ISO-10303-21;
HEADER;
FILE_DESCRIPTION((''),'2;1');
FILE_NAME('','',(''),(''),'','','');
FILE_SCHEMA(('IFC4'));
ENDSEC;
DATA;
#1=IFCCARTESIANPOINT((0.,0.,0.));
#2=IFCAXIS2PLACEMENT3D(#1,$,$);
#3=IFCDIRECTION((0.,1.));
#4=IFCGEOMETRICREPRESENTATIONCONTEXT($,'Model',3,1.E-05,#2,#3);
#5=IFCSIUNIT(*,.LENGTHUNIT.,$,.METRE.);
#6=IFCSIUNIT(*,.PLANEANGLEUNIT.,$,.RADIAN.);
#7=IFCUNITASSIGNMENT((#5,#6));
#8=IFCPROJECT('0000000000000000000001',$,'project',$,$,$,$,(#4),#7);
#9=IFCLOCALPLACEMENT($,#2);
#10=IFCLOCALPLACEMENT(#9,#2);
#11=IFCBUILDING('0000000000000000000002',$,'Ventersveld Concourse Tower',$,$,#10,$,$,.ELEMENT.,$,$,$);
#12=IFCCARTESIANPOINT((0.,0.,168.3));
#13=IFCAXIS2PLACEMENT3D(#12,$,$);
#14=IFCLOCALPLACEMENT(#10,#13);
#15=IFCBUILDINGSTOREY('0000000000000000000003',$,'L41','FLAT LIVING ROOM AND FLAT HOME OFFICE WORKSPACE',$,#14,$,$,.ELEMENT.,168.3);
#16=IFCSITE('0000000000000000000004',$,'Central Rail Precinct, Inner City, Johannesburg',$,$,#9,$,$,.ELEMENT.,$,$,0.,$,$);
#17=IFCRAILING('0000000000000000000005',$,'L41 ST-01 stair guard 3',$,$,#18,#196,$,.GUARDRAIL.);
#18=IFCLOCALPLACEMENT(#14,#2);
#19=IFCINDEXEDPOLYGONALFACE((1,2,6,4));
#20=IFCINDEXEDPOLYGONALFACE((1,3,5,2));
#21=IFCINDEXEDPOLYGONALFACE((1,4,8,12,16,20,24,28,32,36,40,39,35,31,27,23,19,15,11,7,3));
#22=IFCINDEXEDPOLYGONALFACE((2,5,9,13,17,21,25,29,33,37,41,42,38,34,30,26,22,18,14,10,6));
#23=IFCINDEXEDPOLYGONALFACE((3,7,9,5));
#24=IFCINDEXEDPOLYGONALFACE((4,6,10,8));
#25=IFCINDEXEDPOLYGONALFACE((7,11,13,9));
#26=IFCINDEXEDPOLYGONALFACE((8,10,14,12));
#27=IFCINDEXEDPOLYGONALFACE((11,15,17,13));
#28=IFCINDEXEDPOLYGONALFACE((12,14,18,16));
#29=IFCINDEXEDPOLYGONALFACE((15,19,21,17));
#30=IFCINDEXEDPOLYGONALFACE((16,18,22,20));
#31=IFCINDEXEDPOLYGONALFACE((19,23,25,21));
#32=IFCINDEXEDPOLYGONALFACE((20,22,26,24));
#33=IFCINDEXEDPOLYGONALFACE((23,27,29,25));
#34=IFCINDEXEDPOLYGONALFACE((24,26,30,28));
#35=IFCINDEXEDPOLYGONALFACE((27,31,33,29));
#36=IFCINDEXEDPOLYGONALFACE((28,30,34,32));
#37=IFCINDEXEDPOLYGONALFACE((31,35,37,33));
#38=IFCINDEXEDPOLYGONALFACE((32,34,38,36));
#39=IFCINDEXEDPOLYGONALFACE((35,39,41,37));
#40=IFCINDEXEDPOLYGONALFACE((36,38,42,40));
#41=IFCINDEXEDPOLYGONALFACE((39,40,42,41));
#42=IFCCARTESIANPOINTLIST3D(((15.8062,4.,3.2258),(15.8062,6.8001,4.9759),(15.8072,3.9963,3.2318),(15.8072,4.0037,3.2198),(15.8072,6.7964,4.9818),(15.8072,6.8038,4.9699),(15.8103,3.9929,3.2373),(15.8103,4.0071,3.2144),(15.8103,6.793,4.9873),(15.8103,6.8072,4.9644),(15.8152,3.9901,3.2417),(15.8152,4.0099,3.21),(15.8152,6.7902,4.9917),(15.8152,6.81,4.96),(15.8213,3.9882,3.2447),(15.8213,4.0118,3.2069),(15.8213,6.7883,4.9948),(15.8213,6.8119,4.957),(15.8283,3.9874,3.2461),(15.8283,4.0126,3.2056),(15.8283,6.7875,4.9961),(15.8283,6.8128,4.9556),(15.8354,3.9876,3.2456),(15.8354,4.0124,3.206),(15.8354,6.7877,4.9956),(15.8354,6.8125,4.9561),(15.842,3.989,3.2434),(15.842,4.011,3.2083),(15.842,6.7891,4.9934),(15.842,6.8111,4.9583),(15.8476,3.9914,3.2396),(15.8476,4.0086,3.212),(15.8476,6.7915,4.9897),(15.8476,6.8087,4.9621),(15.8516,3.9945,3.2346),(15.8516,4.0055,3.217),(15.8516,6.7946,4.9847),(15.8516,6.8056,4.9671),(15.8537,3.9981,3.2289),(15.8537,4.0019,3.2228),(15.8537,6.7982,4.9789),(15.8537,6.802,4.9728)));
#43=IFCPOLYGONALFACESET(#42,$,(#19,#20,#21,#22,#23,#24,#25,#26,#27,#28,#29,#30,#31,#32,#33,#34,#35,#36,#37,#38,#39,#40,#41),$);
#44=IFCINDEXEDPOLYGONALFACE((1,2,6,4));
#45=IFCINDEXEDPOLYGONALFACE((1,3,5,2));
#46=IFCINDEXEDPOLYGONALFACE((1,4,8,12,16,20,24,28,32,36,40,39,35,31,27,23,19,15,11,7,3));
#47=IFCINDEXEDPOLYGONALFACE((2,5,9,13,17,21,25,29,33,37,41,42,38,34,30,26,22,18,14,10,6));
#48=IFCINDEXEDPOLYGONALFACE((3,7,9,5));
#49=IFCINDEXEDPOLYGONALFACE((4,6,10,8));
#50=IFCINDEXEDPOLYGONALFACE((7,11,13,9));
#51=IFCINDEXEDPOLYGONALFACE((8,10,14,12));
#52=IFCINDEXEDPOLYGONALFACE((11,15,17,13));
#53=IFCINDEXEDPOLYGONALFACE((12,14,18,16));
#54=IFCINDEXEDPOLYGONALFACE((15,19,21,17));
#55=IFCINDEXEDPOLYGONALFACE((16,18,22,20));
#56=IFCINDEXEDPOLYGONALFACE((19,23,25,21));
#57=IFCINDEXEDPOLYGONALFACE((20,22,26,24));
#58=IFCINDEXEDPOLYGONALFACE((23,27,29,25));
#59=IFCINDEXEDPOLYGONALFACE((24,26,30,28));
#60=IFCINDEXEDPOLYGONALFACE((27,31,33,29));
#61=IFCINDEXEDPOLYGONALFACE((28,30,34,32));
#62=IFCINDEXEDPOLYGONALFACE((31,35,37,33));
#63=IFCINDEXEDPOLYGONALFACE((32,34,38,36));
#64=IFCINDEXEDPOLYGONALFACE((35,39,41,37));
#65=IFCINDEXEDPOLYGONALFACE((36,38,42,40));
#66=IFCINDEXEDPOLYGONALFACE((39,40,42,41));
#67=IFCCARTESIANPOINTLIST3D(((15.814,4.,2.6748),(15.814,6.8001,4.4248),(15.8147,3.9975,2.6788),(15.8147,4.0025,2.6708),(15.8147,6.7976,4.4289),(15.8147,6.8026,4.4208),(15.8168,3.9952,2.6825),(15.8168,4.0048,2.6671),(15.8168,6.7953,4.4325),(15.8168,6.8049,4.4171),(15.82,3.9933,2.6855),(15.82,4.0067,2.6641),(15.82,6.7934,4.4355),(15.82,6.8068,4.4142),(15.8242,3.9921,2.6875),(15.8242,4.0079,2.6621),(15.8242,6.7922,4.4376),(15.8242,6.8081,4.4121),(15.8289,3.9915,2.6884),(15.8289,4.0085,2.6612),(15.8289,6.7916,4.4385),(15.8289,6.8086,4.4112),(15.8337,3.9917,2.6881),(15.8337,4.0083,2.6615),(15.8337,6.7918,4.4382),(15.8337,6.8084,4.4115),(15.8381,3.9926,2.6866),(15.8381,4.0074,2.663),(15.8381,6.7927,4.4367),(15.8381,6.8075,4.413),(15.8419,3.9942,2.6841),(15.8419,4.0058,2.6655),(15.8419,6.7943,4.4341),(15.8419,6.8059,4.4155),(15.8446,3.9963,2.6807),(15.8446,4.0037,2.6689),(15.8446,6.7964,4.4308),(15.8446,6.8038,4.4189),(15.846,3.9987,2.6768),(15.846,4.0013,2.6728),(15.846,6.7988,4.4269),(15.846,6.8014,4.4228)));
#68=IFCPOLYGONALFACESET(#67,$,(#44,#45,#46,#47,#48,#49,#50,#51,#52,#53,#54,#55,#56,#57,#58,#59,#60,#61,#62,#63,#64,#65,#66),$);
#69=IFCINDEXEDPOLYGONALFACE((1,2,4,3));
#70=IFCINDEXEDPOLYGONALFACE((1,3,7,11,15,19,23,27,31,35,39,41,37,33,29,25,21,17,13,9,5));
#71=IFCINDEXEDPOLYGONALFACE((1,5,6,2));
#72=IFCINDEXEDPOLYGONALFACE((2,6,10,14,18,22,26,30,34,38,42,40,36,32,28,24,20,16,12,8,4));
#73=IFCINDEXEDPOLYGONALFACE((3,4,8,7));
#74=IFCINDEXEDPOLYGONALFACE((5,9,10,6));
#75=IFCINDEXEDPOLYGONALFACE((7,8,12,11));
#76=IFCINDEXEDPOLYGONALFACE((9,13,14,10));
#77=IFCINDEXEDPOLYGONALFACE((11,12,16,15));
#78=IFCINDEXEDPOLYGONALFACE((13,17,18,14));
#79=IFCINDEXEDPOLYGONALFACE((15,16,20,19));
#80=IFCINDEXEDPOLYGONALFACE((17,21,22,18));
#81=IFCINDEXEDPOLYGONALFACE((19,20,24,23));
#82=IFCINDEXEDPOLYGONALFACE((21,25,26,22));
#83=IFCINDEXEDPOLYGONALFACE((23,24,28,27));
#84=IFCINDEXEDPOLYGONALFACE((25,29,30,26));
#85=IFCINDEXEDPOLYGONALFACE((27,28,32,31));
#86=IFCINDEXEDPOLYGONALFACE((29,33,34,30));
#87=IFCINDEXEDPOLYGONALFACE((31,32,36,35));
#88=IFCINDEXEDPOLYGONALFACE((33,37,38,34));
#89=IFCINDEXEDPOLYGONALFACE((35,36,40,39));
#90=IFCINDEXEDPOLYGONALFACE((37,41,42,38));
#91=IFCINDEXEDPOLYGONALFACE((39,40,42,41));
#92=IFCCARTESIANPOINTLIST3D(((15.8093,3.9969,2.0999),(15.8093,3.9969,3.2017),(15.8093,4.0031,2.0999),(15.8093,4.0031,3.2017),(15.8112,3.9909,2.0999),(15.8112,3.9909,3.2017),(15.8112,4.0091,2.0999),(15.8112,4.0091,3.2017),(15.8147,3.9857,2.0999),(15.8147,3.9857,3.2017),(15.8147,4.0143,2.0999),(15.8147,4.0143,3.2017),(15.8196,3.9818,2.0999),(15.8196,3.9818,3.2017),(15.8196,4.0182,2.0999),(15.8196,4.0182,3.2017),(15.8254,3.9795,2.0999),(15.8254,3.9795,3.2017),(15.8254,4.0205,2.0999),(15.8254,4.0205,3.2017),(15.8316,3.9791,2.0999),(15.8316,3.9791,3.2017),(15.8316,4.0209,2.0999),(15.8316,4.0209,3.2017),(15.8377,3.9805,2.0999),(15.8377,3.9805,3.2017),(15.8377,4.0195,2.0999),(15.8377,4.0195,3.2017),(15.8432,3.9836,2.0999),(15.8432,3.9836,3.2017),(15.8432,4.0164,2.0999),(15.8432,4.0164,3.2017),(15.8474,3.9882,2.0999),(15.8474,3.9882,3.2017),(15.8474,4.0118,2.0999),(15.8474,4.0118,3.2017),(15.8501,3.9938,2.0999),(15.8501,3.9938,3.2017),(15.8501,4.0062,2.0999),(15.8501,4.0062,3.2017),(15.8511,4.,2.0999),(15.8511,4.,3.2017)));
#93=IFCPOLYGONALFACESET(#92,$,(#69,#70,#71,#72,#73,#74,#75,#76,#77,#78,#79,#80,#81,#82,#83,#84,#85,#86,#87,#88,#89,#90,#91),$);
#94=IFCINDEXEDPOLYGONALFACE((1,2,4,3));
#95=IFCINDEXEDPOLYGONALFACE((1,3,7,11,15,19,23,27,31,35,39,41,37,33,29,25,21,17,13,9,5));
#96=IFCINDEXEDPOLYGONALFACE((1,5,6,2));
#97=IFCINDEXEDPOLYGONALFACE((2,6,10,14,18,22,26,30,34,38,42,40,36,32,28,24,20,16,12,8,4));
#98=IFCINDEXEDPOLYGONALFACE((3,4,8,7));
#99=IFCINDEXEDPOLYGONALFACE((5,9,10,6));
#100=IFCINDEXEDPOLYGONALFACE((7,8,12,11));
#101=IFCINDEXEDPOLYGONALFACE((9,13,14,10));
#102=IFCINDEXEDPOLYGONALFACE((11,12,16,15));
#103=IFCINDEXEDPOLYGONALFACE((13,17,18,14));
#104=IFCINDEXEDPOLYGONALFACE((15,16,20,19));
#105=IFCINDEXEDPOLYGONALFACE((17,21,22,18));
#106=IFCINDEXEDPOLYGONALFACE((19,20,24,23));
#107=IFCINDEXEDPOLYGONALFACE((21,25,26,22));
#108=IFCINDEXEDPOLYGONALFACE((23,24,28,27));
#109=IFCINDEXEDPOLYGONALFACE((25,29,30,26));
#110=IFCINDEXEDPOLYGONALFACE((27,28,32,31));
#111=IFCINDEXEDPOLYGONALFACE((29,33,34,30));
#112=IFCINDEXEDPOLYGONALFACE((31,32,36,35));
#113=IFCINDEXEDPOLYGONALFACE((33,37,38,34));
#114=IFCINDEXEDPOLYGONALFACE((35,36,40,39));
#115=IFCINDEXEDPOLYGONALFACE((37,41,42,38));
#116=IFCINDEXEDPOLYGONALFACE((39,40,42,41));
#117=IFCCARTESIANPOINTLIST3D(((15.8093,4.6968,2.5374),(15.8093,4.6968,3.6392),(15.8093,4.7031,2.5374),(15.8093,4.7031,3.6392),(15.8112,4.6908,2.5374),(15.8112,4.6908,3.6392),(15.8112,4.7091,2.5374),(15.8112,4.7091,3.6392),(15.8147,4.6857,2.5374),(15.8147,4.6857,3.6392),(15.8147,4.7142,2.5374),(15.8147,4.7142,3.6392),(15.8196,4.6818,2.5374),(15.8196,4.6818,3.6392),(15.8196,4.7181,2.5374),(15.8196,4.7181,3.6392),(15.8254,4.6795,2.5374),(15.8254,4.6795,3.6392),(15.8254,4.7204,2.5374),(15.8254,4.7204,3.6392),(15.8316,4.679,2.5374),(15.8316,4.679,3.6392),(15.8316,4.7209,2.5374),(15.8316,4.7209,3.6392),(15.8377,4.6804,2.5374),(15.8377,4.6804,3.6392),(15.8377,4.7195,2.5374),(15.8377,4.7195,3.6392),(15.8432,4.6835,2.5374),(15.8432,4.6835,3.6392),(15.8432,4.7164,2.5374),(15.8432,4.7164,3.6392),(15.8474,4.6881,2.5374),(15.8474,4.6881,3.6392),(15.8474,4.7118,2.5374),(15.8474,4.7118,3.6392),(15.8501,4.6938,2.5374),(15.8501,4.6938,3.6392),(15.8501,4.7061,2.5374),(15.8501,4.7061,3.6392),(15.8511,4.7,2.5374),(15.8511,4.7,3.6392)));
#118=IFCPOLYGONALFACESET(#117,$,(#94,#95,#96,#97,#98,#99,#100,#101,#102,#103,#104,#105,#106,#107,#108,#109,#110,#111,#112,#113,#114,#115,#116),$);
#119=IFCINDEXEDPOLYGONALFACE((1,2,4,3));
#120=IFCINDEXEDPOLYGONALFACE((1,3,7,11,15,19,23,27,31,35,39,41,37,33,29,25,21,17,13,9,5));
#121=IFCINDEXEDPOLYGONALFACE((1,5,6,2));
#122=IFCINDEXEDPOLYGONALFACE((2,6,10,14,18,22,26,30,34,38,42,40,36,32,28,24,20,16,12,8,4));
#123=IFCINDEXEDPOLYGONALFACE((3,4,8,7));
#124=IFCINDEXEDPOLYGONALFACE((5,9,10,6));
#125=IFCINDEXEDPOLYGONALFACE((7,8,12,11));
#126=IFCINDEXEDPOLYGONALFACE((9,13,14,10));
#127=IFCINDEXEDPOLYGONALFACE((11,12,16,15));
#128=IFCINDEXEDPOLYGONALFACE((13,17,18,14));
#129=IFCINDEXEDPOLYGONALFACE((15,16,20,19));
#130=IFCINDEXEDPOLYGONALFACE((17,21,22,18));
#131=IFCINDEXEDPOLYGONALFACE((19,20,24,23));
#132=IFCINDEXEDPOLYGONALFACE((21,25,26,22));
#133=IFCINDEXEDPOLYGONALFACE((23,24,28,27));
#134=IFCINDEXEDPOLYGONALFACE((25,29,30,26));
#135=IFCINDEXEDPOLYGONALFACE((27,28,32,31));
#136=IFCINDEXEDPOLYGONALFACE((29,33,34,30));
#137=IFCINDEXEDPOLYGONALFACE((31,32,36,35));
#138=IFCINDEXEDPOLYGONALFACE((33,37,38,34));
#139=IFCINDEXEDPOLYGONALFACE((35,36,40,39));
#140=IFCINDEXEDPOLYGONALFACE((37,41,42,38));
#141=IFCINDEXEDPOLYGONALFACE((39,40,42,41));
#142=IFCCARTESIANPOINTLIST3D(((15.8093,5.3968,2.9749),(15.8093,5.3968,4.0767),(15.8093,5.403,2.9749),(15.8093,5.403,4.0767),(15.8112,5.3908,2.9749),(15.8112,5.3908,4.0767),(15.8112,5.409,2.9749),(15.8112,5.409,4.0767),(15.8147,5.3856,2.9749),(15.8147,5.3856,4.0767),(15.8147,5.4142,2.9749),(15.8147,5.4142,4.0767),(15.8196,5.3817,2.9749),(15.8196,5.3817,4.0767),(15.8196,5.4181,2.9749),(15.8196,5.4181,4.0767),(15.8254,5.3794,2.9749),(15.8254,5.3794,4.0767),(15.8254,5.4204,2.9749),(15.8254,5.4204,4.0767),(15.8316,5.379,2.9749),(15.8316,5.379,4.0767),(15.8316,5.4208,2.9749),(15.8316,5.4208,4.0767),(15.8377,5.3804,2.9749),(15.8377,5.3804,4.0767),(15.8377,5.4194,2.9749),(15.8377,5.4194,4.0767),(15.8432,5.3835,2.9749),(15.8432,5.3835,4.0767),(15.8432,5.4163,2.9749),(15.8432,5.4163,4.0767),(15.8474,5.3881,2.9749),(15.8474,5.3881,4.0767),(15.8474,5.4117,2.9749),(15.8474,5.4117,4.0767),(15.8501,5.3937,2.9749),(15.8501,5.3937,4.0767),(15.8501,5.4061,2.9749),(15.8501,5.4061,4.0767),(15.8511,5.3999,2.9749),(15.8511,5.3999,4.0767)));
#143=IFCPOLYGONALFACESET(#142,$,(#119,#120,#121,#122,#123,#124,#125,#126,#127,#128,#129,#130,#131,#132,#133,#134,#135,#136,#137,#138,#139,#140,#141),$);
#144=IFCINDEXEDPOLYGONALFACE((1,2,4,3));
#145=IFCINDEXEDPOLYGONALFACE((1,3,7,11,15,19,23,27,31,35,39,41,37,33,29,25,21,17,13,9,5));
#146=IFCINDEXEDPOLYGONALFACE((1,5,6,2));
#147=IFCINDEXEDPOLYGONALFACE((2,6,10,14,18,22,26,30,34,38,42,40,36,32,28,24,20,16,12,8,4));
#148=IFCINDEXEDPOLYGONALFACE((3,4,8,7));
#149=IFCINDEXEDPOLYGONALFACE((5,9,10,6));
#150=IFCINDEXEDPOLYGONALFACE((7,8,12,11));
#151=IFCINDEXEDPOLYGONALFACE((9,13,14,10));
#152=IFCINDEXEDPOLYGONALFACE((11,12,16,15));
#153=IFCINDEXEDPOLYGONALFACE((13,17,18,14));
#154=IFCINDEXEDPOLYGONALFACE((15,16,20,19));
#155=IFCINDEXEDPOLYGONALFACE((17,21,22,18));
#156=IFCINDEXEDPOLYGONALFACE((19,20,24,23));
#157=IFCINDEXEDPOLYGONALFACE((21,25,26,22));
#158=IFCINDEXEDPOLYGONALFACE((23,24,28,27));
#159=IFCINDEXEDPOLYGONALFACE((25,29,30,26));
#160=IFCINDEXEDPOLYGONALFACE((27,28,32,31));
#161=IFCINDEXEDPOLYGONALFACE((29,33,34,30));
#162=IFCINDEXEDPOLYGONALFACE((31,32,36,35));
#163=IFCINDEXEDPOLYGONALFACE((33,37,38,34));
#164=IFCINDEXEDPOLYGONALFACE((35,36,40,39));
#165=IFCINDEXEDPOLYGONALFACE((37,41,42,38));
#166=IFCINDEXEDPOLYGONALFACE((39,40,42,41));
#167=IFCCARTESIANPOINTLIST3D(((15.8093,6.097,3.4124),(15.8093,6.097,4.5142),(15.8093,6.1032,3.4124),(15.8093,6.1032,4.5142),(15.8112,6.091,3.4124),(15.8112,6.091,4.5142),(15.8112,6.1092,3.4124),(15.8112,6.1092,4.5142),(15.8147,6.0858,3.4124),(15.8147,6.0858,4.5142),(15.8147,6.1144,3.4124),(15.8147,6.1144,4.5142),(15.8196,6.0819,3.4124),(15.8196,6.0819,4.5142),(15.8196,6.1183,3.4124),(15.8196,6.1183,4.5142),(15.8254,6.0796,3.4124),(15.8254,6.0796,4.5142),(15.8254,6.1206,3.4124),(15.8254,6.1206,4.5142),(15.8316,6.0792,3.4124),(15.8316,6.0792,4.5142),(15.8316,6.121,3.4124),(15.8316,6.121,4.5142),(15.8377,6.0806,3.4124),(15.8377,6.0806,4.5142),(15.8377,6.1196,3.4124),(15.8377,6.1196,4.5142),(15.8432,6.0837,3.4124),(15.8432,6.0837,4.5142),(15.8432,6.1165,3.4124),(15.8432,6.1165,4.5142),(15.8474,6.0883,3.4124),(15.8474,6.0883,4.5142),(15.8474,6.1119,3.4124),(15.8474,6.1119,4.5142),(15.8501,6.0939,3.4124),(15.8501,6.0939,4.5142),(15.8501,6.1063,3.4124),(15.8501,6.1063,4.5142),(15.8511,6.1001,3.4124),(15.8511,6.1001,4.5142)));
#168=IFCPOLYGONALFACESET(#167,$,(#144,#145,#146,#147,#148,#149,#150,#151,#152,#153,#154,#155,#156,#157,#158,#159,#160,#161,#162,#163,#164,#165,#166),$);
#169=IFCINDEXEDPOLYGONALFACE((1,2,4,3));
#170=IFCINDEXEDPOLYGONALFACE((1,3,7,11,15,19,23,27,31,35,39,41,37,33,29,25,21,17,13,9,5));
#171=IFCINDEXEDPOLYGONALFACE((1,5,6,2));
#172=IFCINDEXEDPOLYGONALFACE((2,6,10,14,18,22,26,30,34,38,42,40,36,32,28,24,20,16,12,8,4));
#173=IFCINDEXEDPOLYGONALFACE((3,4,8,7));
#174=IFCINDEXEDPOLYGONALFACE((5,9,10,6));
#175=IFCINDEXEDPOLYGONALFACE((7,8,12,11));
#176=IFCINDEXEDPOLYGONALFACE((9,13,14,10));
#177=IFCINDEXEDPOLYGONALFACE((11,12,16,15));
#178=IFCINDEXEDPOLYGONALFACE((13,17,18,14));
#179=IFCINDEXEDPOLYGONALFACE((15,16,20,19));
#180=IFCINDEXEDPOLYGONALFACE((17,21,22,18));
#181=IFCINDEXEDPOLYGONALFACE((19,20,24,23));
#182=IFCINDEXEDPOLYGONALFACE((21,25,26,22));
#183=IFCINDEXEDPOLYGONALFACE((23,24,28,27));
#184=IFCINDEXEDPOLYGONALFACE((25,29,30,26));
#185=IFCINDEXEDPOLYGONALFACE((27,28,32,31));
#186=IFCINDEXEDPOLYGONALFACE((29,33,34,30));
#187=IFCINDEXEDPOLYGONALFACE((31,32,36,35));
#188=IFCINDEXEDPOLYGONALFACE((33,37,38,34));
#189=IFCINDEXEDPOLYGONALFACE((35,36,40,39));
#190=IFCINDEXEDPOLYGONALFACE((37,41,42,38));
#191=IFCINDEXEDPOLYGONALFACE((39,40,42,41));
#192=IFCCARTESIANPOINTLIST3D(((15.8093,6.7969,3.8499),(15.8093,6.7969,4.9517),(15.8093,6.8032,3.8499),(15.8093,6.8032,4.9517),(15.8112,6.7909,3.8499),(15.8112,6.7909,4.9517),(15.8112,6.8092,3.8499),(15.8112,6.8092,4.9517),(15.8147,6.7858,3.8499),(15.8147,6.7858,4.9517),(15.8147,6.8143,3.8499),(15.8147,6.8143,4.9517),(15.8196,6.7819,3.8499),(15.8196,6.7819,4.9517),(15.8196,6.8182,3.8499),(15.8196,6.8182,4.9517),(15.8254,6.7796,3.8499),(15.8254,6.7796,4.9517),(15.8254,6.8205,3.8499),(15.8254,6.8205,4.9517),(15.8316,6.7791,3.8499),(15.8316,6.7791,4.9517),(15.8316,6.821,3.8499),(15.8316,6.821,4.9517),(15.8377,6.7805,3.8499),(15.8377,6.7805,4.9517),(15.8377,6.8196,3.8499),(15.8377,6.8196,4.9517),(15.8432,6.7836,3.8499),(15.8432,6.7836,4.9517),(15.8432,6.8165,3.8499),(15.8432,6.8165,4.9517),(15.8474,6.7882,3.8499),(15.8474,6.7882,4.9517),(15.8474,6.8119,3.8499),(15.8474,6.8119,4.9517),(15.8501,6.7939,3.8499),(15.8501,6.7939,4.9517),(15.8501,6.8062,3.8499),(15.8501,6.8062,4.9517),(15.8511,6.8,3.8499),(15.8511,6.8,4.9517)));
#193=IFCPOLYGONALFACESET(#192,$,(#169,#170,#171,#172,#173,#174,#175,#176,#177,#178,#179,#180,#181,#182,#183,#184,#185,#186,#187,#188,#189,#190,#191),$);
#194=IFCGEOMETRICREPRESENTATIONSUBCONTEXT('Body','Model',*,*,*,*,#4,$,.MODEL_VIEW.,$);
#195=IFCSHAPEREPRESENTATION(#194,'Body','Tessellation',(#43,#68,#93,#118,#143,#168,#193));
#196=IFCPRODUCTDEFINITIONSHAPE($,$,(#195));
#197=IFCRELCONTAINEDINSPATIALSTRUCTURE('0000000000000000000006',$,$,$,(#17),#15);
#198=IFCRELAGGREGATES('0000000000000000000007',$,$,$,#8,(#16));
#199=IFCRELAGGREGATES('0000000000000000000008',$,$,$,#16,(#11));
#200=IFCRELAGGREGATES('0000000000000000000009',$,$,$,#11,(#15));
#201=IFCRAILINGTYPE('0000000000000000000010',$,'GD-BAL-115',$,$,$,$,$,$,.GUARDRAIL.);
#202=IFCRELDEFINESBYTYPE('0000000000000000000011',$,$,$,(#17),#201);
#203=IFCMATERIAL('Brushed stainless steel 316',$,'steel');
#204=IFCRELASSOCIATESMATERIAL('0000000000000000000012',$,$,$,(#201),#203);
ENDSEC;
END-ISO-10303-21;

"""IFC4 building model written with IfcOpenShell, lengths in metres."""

from ifc_helpers import new_model, si_unit, direction, frame, origin, origin_2d, place, context, subcontext, project, spatial, circle, extrude, material, type_object, element, save


model = new_model("IFC4")

# Units and contexts
model_context = context("Model", 3, precision=1e-05, world=origin(), true_north=direction((0.0, 1.0)))
body_context = subcontext(model_context, "Body", "Model", "MODEL_VIEW")
ifc_project = project(units=[si_unit("LENGTHUNIT", "METRE"), si_unit("PLANEANGLEUNIT", "RADIAN")], contexts=[model_context])

# Site, building, storey
site_placement = place(None, origin())
site = spatial("IfcSite", under=ifc_project, at=site_placement, Name="Central Rail Precinct, Inner City, Johannesburg", CompositionType="ELEMENT", RefElevation=0.0)
building_placement = place(site_placement, origin())
building = spatial("IfcBuilding", under=site, at=building_placement, Name="Ventersveld Concourse Tower", CompositionType="ELEMENT")
storey_placement = place(building_placement, frame((0.0, 0.0, 168.3)))
storey = spatial("IfcBuildingStorey", under=building, at=storey_placement, Name="L41", Description="FLAT LIVING ROOM AND FLAT HOME OFFICE WORKSPACE", CompositionType="ELEMENT", Elevation=168.3)

# Railing
ifc_material_1 = material(Name="Brushed stainless steel 316", Category="steel")
railing_type_1 = type_object("IfcRailingType", Name="GD-BAL-115", PredefinedType="GUARDRAIL", material=ifc_material_1)
railing_1_placement = place(storey_placement, frame((15.8301, 4.0, 2.0999)))
element("IfcRailing", 1, at=railing_1_placement, inside=storey, type_object=railing_type_1, Name="L41 ST-01 stair guard 3", PredefinedType="GUARDRAIL", context=body_context, shape_type="SweptSolid", body=[
    extrude(circle(Radius=0.0239, at=origin_2d()), frame((0.0, 0.0, 1.126), z_axis=(0.0, 0.848002, 0.529992), x_axis=(-1.0, 0.0, 0.0)), (0.0, 0.0, 1.0), 3.302),
    extrude(circle(Radius=0.0161, at=origin_2d()), frame((0.0, 0.0, 0.575), z_axis=(0.0, 0.848002, 0.529992), x_axis=(-1.0, 0.0, 0.0)), (0.0, 0.0, 1.0), 3.302),
    extrude(circle(Radius=0.021, at=origin_2d()), origin(), (0.0, 0.0, 1.0), 1.1018),
    extrude(circle(Radius=0.021, at=origin_2d()), frame((0.0, 0.7, 0.4375)), (0.0, 0.0, 1.0), 1.1018),
    extrude(circle(Radius=0.021, at=origin_2d()), frame((0.0, 1.3999, 0.875)), (0.0, 0.0, 1.0), 1.1018),
    extrude(circle(Radius=0.021, at=origin_2d()), frame((0.0, 2.1001, 1.3125)), (0.0, 0.0, 1.0), 1.1018),
    extrude(circle(Radius=0.021, at=origin_2d()), frame((0.0, 2.8, 1.75)), (0.0, 0.0, 1.0), 1.1018),
])

save(model, "model.ifc")
